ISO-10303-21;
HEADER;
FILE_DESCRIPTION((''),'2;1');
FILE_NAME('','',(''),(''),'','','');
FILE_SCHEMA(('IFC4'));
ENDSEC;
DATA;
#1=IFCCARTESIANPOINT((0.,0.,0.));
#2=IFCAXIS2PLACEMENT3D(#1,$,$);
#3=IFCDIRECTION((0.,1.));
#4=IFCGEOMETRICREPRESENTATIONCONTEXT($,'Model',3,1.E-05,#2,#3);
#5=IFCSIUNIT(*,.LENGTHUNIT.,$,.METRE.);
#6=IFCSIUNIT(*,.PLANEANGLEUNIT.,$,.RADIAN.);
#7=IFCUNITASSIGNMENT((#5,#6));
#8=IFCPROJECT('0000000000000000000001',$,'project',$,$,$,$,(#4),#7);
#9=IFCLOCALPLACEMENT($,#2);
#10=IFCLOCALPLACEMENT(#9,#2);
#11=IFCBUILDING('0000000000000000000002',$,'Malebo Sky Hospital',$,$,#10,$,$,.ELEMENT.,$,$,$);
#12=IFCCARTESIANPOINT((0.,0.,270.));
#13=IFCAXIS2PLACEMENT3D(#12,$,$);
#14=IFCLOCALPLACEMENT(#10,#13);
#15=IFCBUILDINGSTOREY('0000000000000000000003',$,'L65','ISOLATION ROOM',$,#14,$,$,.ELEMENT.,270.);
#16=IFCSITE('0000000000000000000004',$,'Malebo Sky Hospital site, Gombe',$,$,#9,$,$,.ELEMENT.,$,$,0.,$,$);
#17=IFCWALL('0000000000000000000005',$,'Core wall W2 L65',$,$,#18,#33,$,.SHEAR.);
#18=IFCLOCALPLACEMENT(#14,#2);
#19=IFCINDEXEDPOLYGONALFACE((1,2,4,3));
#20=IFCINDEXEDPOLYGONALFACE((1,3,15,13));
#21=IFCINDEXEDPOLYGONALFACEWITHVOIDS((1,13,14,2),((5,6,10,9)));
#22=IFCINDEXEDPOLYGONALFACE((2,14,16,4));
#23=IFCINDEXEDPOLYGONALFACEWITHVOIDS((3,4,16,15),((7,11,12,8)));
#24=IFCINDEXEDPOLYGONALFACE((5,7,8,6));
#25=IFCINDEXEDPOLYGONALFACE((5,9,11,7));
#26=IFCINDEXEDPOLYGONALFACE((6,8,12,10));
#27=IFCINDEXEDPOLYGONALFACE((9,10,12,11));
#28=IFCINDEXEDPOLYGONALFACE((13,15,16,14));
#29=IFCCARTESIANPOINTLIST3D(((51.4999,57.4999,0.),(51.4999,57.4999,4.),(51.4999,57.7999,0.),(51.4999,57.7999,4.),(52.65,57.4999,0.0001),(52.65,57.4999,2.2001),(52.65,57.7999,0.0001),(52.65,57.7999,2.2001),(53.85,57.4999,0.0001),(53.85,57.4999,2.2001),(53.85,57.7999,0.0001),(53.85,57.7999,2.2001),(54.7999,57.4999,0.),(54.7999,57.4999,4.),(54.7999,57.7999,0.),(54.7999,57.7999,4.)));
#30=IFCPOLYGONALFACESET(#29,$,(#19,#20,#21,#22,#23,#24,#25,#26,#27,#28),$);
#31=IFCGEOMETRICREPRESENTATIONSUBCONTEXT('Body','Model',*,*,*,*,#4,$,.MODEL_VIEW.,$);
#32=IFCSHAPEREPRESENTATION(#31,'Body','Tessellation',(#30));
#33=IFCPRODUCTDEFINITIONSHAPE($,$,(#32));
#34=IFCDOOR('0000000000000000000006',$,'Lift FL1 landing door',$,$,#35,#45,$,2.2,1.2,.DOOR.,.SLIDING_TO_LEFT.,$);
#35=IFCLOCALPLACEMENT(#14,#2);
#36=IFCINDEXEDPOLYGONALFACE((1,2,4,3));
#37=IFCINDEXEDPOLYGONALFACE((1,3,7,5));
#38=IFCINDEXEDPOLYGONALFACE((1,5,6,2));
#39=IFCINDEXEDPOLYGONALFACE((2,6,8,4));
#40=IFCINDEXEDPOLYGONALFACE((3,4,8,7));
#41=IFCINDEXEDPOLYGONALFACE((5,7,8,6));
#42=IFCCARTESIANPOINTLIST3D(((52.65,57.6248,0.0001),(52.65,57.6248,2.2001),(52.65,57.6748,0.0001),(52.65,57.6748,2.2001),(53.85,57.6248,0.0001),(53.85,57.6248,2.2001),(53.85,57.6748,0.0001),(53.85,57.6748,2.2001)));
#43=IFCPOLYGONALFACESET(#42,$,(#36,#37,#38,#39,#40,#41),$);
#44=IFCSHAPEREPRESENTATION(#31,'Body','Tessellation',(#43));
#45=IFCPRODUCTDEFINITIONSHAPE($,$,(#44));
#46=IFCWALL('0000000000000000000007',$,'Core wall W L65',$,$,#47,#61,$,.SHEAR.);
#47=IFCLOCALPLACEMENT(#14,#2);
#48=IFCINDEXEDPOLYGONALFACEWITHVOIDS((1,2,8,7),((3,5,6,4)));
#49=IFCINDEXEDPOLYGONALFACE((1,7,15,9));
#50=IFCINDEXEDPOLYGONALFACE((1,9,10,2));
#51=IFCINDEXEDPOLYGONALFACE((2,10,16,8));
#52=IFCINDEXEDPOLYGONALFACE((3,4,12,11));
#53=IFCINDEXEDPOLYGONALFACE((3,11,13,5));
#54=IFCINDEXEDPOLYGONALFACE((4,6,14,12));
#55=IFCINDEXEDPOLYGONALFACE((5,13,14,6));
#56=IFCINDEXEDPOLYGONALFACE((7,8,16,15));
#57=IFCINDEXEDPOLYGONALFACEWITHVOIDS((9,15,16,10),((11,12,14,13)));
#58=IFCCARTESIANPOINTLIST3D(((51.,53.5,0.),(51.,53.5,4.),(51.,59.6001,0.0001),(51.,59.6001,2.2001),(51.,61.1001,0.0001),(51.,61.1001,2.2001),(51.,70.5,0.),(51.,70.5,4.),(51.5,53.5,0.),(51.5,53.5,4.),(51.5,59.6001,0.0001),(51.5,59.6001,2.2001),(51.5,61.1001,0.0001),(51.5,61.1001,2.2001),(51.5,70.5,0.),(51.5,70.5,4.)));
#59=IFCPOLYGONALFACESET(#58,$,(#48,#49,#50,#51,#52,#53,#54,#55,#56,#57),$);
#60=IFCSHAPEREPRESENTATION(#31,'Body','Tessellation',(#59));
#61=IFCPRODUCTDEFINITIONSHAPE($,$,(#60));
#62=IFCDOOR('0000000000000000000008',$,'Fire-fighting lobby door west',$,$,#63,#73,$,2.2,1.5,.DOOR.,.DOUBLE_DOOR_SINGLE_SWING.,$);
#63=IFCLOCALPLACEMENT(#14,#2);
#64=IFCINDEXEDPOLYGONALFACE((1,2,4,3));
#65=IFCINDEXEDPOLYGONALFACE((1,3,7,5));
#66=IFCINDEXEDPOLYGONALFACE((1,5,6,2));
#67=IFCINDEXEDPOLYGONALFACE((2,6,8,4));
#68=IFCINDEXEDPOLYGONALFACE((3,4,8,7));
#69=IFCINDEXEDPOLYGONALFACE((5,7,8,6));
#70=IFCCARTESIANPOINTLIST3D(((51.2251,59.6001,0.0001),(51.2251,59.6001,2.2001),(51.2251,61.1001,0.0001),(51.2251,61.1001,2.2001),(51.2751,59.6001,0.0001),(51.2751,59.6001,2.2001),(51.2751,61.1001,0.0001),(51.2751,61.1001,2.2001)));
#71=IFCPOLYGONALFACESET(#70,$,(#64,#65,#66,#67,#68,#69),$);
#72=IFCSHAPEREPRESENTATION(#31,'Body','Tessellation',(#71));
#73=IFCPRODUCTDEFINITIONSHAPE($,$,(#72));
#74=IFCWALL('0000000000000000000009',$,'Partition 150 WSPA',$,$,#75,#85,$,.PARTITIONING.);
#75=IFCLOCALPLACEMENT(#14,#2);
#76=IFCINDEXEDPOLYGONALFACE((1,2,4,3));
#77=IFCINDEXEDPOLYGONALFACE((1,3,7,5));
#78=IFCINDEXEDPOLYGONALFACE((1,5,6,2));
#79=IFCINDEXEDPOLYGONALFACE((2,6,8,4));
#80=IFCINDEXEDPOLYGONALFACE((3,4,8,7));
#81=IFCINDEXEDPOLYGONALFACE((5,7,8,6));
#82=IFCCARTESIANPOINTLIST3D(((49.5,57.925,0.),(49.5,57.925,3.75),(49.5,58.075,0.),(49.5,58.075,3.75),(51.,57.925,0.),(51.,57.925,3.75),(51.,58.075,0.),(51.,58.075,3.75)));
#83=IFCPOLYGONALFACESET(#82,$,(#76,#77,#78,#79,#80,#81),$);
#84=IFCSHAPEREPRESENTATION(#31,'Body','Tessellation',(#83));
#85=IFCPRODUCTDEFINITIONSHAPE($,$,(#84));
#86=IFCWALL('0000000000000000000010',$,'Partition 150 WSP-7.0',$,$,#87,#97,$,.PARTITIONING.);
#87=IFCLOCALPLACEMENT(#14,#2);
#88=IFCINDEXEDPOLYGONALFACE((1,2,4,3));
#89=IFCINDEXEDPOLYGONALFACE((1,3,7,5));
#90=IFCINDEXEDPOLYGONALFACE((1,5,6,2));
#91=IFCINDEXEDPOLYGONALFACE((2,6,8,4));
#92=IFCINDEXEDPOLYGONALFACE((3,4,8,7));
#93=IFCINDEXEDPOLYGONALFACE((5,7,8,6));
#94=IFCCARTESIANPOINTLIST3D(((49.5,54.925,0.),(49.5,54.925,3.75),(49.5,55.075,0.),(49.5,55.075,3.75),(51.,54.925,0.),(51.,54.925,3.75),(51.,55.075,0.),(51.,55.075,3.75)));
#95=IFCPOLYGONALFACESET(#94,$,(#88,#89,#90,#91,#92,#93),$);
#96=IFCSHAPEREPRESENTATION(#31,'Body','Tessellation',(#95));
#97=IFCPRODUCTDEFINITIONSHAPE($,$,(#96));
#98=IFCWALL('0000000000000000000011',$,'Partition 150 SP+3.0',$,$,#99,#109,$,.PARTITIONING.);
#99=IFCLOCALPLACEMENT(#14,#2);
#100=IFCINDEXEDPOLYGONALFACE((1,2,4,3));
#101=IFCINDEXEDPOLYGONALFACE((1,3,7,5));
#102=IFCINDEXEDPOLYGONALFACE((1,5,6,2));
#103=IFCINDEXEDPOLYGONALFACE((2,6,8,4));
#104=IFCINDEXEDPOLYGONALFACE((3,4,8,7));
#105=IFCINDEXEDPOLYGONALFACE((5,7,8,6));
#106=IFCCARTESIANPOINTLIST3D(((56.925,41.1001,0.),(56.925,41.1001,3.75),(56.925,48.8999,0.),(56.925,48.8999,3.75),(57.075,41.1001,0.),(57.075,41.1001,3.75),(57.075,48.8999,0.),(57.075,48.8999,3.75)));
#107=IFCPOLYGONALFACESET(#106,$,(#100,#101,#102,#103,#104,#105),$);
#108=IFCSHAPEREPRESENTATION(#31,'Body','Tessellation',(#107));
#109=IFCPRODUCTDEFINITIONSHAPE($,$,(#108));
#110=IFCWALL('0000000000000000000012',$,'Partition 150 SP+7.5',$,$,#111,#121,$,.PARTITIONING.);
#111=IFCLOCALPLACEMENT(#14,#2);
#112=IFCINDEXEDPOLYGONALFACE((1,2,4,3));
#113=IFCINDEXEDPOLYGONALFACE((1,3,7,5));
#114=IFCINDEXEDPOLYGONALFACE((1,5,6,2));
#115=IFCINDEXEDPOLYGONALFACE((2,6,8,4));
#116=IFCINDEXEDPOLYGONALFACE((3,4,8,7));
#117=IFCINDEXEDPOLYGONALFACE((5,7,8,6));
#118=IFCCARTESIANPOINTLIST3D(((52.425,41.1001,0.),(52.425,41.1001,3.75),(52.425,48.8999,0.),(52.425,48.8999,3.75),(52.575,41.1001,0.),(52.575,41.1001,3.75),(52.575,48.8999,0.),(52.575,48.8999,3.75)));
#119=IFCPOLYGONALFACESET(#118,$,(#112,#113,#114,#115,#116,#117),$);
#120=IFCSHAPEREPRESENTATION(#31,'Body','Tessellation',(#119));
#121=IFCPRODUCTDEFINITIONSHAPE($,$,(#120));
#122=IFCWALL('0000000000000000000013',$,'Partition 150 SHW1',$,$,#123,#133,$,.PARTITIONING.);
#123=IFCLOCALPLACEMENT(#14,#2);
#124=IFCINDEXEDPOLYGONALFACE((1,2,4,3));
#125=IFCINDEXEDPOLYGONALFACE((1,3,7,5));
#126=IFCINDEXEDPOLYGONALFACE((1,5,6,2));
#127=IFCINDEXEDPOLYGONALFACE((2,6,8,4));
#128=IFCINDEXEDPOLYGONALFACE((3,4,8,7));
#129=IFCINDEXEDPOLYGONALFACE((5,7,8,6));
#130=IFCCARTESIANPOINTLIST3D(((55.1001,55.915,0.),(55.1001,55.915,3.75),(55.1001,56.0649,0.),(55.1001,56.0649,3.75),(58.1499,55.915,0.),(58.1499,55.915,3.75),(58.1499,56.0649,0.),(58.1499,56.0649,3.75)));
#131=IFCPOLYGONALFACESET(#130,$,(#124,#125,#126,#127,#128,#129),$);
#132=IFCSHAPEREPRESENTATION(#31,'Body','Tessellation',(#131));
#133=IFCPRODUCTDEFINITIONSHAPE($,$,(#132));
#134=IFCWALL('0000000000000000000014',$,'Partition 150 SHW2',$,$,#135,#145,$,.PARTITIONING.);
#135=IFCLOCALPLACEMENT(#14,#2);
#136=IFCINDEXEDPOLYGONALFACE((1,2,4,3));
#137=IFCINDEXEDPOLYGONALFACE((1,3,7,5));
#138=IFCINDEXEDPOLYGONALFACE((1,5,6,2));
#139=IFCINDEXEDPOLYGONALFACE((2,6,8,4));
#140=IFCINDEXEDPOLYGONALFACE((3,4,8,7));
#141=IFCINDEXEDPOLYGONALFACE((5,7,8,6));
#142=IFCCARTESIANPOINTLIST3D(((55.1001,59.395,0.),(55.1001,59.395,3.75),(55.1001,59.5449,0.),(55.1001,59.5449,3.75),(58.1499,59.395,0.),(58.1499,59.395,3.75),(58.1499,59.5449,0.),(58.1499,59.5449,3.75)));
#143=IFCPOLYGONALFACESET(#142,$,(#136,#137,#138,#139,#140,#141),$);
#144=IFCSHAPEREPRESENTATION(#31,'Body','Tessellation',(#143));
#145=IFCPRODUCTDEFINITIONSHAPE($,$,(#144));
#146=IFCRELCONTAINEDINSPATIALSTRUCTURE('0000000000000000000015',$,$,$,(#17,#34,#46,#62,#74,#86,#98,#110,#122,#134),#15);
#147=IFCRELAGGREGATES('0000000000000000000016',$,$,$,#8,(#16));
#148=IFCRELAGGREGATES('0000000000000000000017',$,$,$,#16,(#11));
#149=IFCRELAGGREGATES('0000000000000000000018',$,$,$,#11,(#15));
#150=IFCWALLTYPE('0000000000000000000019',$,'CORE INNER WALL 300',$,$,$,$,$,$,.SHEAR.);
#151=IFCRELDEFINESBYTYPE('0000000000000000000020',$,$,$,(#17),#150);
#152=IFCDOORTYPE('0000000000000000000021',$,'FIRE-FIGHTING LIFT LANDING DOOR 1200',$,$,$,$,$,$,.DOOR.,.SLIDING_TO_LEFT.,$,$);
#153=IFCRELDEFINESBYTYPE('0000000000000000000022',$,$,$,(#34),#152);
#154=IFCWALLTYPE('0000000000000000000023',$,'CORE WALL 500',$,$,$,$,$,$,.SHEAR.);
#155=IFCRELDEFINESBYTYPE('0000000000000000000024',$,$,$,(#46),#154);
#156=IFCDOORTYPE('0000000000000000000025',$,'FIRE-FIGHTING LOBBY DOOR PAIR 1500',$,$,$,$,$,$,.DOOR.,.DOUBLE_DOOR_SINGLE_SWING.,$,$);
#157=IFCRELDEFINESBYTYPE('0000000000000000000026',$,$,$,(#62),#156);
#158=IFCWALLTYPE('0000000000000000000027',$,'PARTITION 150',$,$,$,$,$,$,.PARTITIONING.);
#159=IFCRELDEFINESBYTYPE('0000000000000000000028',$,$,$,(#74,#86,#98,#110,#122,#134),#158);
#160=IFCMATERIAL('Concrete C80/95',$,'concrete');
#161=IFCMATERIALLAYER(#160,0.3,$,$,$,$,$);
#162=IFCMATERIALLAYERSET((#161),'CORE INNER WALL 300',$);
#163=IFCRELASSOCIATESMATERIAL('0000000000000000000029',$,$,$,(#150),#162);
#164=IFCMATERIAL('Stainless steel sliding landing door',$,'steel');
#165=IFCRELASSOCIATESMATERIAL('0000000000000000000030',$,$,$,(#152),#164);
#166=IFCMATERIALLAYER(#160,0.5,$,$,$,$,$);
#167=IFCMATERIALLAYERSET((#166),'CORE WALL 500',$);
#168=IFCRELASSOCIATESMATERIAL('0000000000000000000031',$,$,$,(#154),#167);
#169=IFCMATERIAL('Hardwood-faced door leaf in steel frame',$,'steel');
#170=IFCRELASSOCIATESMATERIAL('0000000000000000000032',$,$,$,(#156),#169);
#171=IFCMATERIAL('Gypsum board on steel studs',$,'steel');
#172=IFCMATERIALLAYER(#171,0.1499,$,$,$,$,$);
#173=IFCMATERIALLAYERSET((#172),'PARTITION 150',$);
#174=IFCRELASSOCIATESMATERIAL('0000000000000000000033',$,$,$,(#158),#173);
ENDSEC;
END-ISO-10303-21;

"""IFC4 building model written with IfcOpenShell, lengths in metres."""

from ifc_helpers import new_model, si_unit, direction, frame, frame_2d, origin, place, context, subcontext, project, spatial, rectangle, extrude, material, layer, layer_set, type_object, element, fill, save


model = new_model("IFC4")

# Units and contexts
model_context = context("Model", 3, precision=1e-05, world=origin(), true_north=direction((0.0, 1.0)))
body_context = subcontext(model_context, "Body", "Model", "MODEL_VIEW")
ifc_project = project(units=[si_unit("LENGTHUNIT", "METRE"), si_unit("PLANEANGLEUNIT", "RADIAN")], contexts=[model_context])

# Site, building, storey
site_placement = place(None, origin())
site = spatial("IfcSite", under=ifc_project, at=site_placement, Name="Malebo Sky Hospital site, Gombe", CompositionType="ELEMENT", RefElevation=0.0)
building_placement = place(site_placement, origin())
building = spatial("IfcBuilding", under=site, at=building_placement, Name="Malebo Sky Hospital", CompositionType="ELEMENT")
storey_placement = place(building_placement, frame((0.0, 0.0, 270.0)))
storey = spatial("IfcBuildingStorey", under=building, at=storey_placement, Name="L65", Description="ISOLATION ROOM", CompositionType="ELEMENT", Elevation=270.0)

# Shared definitions
ifc_material_1 = material(Name="Concrete C80/95", Category="concrete")
ifc_material_2 = material(Name="Hardwood-faced door leaf in steel frame", Category="steel")
ifc_material_3 = material(Name="Stainless steel sliding landing door", Category="steel")

# Shared definitions
ifc_layer_1 = layer(ifc_material_1, 0.3)
ifc_layer_set_1 = layer_set([ifc_layer_1], Name="CORE INNER WALL 300")
wall_type_1 = type_object("IfcWallType", Name="CORE INNER WALL 300", PredefinedType="SHEAR", material=ifc_layer_set_1)

# Walls, openings, doors
wall_1_placement = place(storey_placement, frame((51.5, 57.6499, 0.0), z_axis=(0.0, 0.0, 1.0), x_axis=(1.0, 0.0, 0.0)))
wall_1 = element("IfcWall", 1, at=wall_1_placement, inside=storey, type_object=wall_type_1, Name="Core wall W2 L65", PredefinedType="SHEAR", context=body_context, shape_type="SweptSolid", body=[
    extrude(rectangle(XDim=3.3, YDim=0.3, at=frame_2d((1.6499, 0.0))), origin(), (0.0, 0.0, 1.0), 4.0),
])
opening_1_placement = place(wall_1_placement, frame((1.1499, 0.0, 0.0)))
opening_1 = element("IfcOpeningElement", 2, at=opening_1_placement, cuts=wall_1, PredefinedType="OPENING", context=body_context, shape_type="SweptSolid", body=[
    extrude(rectangle(XDim=1.2, YDim=2.2, at=frame_2d((0.6001, 1.1001))), frame((0.0, 0.1599, 0.0), z_axis=(0.0, -1.0, 0.0), x_axis=(1.0, 0.0, 0.0)), (0.0, 0.0, 1.0), 0.3201),
])
door_type_1 = type_object("IfcDoorType", Name="FIRE-FIGHTING LIFT LANDING DOOR 1200", OperationType="SLIDING_TO_LEFT", PredefinedType="DOOR", material=ifc_material_3)
door_1_placement = place(opening_1_placement, origin())
door_1 = element("IfcDoor", 3, at=door_1_placement, inside=storey, type_object=door_type_1, Name="Lift FL1 landing door", OperationType="SLIDING_TO_LEFT", OverallHeight=2.2, OverallWidth=1.2, PredefinedType="DOOR", context=body_context, shape_type="SweptSolid", body=[
    extrude(rectangle(XDim=1.2, YDim=2.2, at=frame_2d((0.6001, 1.1001))), frame((0.0, 0.0249, 0.0), z_axis=(0.0, -1.0, 0.0), x_axis=(1.0, 0.0, 0.0)), (0.0, 0.0, 1.0), 0.05),
])
fill(opening_1, door_1)
ifc_layer_2 = layer(ifc_material_1, 0.5)
ifc_layer_set_2 = layer_set([ifc_layer_2], Name="CORE WALL 500")
wall_type_2 = type_object("IfcWallType", Name="CORE WALL 500", PredefinedType="SHEAR", material=ifc_layer_set_2)
wall_2_placement = place(storey_placement, frame((51.25, 53.5, 0.0), z_axis=(0.0, 0.0, 1.0), x_axis=(0.0, 1.0, 0.0)))
wall_2 = element("IfcWall", 4, at=wall_2_placement, inside=storey, type_object=wall_type_2, Name="Core wall W L65", PredefinedType="SHEAR", context=body_context, shape_type="SweptSolid", body=[
    extrude(rectangle(XDim=17.0, YDim=0.5, at=frame_2d((8.5, 0.0))), origin(), (0.0, 0.0, 1.0), 4.0),
])
opening_2_placement = place(wall_2_placement, frame((6.1001, 0.0, 0.0)))
opening_2 = element("IfcOpeningElement", 5, at=opening_2_placement, cuts=wall_2, PredefinedType="OPENING", context=body_context, shape_type="SweptSolid", body=[
    extrude(rectangle(XDim=1.5, YDim=2.2, at=frame_2d((0.75, 1.1001))), frame((0.0, 0.26, 0.0), z_axis=(0.0, -1.0, 0.0), x_axis=(1.0, 0.0, 0.0)), (0.0, 0.0, 1.0), 0.52),
])
door_type_2 = type_object("IfcDoorType", Name="FIRE-FIGHTING LOBBY DOOR PAIR 1500", OperationType="DOUBLE_DOOR_SINGLE_SWING", PredefinedType="DOOR", material=ifc_material_2)
door_2_placement = place(opening_2_placement, origin())
door_2 = element("IfcDoor", 6, at=door_2_placement, inside=storey, type_object=door_type_2, Name="Fire-fighting lobby door west", OperationType="DOUBLE_DOOR_SINGLE_SWING", OverallHeight=2.2, OverallWidth=1.5, PredefinedType="DOOR", context=body_context, shape_type="SweptSolid", body=[
    extrude(rectangle(XDim=1.5, YDim=2.2, at=frame_2d((0.75, 1.1001))), frame((0.0, 0.0249, 0.0), z_axis=(0.0, -1.0, 0.0), x_axis=(1.0, 0.0, 0.0)), (0.0, 0.0, 1.0), 0.05),
])
fill(opening_2, door_2)

# Walls
ifc_material_4 = material(Name="Gypsum board on steel studs", Category="steel")
ifc_layer_3 = layer(ifc_material_4, 0.1499)
ifc_layer_set_3 = layer_set([ifc_layer_3], Name="PARTITION 150")
wall_type_3 = type_object("IfcWallType", Name="PARTITION 150", PredefinedType="PARTITIONING", material=ifc_layer_set_3)
for number, where, z_axis, x_axis, name in (
    (7, (51.0, 58.0, 0.0), (0.0, 0.0, 1.0), (-1.0, 0.0, 0.0), "Partition 150 WSPA"),
    (8, (51.0, 55.0, 0.0), (0.0, 0.0, 1.0), (-1.0, 0.0, 0.0), "Partition 150 WSP-7.0"),
):
    element("IfcWall", number, at=place(storey_placement, frame(where, z_axis=z_axis, x_axis=x_axis)), inside=storey, type_object=wall_type_3, Name=name, PredefinedType="PARTITIONING", context=body_context, shape_type="SweptSolid", body=[
        extrude(rectangle(XDim=1.5, YDim=0.1499, at=frame_2d((0.75, 0.0))), origin(), (0.0, 0.0, 1.0), 3.75),
    ])
for number, where, z_axis, x_axis, name in (
    (9, (57.0, 48.8999, 0.0), (0.0, 0.0, 1.0), (0.0, -1.0, 0.0), "Partition 150 SP+3.0"),
    (10, (52.5, 48.8999, 0.0), (0.0, 0.0, 1.0), (0.0, -1.0, 0.0), "Partition 150 SP+7.5"),
):
    element("IfcWall", number, at=place(storey_placement, frame(where, z_axis=z_axis, x_axis=x_axis)), inside=storey, type_object=wall_type_3, Name=name, PredefinedType="PARTITIONING", context=body_context, shape_type="SweptSolid", body=[
        extrude(rectangle(XDim=7.7998, YDim=0.1499, at=frame_2d((3.8999, 0.0))), origin(), (0.0, 0.0, 1.0), 3.75),
    ])
for number, where, z_axis, x_axis, name in (
    (11, (55.1001, 55.99, 0.0), (0.0, 0.0, 1.0), (1.0, 0.0, 0.0), "Partition 150 SHW1"),
    (12, (55.1001, 59.47, 0.0), (0.0, 0.0, 1.0), (1.0, 0.0, 0.0), "Partition 150 SHW2"),
):
    element("IfcWall", number, at=place(storey_placement, frame(where, z_axis=z_axis, x_axis=x_axis)), inside=storey, type_object=wall_type_3, Name=name, PredefinedType="PARTITIONING", context=body_context, shape_type="SweptSolid", body=[
        extrude(rectangle(XDim=3.0498, YDim=0.1499, at=frame_2d((1.5249, 0.0))), origin(), (0.0, 0.0, 1.0), 3.75),
    ])

save(model, "model.ifc")
